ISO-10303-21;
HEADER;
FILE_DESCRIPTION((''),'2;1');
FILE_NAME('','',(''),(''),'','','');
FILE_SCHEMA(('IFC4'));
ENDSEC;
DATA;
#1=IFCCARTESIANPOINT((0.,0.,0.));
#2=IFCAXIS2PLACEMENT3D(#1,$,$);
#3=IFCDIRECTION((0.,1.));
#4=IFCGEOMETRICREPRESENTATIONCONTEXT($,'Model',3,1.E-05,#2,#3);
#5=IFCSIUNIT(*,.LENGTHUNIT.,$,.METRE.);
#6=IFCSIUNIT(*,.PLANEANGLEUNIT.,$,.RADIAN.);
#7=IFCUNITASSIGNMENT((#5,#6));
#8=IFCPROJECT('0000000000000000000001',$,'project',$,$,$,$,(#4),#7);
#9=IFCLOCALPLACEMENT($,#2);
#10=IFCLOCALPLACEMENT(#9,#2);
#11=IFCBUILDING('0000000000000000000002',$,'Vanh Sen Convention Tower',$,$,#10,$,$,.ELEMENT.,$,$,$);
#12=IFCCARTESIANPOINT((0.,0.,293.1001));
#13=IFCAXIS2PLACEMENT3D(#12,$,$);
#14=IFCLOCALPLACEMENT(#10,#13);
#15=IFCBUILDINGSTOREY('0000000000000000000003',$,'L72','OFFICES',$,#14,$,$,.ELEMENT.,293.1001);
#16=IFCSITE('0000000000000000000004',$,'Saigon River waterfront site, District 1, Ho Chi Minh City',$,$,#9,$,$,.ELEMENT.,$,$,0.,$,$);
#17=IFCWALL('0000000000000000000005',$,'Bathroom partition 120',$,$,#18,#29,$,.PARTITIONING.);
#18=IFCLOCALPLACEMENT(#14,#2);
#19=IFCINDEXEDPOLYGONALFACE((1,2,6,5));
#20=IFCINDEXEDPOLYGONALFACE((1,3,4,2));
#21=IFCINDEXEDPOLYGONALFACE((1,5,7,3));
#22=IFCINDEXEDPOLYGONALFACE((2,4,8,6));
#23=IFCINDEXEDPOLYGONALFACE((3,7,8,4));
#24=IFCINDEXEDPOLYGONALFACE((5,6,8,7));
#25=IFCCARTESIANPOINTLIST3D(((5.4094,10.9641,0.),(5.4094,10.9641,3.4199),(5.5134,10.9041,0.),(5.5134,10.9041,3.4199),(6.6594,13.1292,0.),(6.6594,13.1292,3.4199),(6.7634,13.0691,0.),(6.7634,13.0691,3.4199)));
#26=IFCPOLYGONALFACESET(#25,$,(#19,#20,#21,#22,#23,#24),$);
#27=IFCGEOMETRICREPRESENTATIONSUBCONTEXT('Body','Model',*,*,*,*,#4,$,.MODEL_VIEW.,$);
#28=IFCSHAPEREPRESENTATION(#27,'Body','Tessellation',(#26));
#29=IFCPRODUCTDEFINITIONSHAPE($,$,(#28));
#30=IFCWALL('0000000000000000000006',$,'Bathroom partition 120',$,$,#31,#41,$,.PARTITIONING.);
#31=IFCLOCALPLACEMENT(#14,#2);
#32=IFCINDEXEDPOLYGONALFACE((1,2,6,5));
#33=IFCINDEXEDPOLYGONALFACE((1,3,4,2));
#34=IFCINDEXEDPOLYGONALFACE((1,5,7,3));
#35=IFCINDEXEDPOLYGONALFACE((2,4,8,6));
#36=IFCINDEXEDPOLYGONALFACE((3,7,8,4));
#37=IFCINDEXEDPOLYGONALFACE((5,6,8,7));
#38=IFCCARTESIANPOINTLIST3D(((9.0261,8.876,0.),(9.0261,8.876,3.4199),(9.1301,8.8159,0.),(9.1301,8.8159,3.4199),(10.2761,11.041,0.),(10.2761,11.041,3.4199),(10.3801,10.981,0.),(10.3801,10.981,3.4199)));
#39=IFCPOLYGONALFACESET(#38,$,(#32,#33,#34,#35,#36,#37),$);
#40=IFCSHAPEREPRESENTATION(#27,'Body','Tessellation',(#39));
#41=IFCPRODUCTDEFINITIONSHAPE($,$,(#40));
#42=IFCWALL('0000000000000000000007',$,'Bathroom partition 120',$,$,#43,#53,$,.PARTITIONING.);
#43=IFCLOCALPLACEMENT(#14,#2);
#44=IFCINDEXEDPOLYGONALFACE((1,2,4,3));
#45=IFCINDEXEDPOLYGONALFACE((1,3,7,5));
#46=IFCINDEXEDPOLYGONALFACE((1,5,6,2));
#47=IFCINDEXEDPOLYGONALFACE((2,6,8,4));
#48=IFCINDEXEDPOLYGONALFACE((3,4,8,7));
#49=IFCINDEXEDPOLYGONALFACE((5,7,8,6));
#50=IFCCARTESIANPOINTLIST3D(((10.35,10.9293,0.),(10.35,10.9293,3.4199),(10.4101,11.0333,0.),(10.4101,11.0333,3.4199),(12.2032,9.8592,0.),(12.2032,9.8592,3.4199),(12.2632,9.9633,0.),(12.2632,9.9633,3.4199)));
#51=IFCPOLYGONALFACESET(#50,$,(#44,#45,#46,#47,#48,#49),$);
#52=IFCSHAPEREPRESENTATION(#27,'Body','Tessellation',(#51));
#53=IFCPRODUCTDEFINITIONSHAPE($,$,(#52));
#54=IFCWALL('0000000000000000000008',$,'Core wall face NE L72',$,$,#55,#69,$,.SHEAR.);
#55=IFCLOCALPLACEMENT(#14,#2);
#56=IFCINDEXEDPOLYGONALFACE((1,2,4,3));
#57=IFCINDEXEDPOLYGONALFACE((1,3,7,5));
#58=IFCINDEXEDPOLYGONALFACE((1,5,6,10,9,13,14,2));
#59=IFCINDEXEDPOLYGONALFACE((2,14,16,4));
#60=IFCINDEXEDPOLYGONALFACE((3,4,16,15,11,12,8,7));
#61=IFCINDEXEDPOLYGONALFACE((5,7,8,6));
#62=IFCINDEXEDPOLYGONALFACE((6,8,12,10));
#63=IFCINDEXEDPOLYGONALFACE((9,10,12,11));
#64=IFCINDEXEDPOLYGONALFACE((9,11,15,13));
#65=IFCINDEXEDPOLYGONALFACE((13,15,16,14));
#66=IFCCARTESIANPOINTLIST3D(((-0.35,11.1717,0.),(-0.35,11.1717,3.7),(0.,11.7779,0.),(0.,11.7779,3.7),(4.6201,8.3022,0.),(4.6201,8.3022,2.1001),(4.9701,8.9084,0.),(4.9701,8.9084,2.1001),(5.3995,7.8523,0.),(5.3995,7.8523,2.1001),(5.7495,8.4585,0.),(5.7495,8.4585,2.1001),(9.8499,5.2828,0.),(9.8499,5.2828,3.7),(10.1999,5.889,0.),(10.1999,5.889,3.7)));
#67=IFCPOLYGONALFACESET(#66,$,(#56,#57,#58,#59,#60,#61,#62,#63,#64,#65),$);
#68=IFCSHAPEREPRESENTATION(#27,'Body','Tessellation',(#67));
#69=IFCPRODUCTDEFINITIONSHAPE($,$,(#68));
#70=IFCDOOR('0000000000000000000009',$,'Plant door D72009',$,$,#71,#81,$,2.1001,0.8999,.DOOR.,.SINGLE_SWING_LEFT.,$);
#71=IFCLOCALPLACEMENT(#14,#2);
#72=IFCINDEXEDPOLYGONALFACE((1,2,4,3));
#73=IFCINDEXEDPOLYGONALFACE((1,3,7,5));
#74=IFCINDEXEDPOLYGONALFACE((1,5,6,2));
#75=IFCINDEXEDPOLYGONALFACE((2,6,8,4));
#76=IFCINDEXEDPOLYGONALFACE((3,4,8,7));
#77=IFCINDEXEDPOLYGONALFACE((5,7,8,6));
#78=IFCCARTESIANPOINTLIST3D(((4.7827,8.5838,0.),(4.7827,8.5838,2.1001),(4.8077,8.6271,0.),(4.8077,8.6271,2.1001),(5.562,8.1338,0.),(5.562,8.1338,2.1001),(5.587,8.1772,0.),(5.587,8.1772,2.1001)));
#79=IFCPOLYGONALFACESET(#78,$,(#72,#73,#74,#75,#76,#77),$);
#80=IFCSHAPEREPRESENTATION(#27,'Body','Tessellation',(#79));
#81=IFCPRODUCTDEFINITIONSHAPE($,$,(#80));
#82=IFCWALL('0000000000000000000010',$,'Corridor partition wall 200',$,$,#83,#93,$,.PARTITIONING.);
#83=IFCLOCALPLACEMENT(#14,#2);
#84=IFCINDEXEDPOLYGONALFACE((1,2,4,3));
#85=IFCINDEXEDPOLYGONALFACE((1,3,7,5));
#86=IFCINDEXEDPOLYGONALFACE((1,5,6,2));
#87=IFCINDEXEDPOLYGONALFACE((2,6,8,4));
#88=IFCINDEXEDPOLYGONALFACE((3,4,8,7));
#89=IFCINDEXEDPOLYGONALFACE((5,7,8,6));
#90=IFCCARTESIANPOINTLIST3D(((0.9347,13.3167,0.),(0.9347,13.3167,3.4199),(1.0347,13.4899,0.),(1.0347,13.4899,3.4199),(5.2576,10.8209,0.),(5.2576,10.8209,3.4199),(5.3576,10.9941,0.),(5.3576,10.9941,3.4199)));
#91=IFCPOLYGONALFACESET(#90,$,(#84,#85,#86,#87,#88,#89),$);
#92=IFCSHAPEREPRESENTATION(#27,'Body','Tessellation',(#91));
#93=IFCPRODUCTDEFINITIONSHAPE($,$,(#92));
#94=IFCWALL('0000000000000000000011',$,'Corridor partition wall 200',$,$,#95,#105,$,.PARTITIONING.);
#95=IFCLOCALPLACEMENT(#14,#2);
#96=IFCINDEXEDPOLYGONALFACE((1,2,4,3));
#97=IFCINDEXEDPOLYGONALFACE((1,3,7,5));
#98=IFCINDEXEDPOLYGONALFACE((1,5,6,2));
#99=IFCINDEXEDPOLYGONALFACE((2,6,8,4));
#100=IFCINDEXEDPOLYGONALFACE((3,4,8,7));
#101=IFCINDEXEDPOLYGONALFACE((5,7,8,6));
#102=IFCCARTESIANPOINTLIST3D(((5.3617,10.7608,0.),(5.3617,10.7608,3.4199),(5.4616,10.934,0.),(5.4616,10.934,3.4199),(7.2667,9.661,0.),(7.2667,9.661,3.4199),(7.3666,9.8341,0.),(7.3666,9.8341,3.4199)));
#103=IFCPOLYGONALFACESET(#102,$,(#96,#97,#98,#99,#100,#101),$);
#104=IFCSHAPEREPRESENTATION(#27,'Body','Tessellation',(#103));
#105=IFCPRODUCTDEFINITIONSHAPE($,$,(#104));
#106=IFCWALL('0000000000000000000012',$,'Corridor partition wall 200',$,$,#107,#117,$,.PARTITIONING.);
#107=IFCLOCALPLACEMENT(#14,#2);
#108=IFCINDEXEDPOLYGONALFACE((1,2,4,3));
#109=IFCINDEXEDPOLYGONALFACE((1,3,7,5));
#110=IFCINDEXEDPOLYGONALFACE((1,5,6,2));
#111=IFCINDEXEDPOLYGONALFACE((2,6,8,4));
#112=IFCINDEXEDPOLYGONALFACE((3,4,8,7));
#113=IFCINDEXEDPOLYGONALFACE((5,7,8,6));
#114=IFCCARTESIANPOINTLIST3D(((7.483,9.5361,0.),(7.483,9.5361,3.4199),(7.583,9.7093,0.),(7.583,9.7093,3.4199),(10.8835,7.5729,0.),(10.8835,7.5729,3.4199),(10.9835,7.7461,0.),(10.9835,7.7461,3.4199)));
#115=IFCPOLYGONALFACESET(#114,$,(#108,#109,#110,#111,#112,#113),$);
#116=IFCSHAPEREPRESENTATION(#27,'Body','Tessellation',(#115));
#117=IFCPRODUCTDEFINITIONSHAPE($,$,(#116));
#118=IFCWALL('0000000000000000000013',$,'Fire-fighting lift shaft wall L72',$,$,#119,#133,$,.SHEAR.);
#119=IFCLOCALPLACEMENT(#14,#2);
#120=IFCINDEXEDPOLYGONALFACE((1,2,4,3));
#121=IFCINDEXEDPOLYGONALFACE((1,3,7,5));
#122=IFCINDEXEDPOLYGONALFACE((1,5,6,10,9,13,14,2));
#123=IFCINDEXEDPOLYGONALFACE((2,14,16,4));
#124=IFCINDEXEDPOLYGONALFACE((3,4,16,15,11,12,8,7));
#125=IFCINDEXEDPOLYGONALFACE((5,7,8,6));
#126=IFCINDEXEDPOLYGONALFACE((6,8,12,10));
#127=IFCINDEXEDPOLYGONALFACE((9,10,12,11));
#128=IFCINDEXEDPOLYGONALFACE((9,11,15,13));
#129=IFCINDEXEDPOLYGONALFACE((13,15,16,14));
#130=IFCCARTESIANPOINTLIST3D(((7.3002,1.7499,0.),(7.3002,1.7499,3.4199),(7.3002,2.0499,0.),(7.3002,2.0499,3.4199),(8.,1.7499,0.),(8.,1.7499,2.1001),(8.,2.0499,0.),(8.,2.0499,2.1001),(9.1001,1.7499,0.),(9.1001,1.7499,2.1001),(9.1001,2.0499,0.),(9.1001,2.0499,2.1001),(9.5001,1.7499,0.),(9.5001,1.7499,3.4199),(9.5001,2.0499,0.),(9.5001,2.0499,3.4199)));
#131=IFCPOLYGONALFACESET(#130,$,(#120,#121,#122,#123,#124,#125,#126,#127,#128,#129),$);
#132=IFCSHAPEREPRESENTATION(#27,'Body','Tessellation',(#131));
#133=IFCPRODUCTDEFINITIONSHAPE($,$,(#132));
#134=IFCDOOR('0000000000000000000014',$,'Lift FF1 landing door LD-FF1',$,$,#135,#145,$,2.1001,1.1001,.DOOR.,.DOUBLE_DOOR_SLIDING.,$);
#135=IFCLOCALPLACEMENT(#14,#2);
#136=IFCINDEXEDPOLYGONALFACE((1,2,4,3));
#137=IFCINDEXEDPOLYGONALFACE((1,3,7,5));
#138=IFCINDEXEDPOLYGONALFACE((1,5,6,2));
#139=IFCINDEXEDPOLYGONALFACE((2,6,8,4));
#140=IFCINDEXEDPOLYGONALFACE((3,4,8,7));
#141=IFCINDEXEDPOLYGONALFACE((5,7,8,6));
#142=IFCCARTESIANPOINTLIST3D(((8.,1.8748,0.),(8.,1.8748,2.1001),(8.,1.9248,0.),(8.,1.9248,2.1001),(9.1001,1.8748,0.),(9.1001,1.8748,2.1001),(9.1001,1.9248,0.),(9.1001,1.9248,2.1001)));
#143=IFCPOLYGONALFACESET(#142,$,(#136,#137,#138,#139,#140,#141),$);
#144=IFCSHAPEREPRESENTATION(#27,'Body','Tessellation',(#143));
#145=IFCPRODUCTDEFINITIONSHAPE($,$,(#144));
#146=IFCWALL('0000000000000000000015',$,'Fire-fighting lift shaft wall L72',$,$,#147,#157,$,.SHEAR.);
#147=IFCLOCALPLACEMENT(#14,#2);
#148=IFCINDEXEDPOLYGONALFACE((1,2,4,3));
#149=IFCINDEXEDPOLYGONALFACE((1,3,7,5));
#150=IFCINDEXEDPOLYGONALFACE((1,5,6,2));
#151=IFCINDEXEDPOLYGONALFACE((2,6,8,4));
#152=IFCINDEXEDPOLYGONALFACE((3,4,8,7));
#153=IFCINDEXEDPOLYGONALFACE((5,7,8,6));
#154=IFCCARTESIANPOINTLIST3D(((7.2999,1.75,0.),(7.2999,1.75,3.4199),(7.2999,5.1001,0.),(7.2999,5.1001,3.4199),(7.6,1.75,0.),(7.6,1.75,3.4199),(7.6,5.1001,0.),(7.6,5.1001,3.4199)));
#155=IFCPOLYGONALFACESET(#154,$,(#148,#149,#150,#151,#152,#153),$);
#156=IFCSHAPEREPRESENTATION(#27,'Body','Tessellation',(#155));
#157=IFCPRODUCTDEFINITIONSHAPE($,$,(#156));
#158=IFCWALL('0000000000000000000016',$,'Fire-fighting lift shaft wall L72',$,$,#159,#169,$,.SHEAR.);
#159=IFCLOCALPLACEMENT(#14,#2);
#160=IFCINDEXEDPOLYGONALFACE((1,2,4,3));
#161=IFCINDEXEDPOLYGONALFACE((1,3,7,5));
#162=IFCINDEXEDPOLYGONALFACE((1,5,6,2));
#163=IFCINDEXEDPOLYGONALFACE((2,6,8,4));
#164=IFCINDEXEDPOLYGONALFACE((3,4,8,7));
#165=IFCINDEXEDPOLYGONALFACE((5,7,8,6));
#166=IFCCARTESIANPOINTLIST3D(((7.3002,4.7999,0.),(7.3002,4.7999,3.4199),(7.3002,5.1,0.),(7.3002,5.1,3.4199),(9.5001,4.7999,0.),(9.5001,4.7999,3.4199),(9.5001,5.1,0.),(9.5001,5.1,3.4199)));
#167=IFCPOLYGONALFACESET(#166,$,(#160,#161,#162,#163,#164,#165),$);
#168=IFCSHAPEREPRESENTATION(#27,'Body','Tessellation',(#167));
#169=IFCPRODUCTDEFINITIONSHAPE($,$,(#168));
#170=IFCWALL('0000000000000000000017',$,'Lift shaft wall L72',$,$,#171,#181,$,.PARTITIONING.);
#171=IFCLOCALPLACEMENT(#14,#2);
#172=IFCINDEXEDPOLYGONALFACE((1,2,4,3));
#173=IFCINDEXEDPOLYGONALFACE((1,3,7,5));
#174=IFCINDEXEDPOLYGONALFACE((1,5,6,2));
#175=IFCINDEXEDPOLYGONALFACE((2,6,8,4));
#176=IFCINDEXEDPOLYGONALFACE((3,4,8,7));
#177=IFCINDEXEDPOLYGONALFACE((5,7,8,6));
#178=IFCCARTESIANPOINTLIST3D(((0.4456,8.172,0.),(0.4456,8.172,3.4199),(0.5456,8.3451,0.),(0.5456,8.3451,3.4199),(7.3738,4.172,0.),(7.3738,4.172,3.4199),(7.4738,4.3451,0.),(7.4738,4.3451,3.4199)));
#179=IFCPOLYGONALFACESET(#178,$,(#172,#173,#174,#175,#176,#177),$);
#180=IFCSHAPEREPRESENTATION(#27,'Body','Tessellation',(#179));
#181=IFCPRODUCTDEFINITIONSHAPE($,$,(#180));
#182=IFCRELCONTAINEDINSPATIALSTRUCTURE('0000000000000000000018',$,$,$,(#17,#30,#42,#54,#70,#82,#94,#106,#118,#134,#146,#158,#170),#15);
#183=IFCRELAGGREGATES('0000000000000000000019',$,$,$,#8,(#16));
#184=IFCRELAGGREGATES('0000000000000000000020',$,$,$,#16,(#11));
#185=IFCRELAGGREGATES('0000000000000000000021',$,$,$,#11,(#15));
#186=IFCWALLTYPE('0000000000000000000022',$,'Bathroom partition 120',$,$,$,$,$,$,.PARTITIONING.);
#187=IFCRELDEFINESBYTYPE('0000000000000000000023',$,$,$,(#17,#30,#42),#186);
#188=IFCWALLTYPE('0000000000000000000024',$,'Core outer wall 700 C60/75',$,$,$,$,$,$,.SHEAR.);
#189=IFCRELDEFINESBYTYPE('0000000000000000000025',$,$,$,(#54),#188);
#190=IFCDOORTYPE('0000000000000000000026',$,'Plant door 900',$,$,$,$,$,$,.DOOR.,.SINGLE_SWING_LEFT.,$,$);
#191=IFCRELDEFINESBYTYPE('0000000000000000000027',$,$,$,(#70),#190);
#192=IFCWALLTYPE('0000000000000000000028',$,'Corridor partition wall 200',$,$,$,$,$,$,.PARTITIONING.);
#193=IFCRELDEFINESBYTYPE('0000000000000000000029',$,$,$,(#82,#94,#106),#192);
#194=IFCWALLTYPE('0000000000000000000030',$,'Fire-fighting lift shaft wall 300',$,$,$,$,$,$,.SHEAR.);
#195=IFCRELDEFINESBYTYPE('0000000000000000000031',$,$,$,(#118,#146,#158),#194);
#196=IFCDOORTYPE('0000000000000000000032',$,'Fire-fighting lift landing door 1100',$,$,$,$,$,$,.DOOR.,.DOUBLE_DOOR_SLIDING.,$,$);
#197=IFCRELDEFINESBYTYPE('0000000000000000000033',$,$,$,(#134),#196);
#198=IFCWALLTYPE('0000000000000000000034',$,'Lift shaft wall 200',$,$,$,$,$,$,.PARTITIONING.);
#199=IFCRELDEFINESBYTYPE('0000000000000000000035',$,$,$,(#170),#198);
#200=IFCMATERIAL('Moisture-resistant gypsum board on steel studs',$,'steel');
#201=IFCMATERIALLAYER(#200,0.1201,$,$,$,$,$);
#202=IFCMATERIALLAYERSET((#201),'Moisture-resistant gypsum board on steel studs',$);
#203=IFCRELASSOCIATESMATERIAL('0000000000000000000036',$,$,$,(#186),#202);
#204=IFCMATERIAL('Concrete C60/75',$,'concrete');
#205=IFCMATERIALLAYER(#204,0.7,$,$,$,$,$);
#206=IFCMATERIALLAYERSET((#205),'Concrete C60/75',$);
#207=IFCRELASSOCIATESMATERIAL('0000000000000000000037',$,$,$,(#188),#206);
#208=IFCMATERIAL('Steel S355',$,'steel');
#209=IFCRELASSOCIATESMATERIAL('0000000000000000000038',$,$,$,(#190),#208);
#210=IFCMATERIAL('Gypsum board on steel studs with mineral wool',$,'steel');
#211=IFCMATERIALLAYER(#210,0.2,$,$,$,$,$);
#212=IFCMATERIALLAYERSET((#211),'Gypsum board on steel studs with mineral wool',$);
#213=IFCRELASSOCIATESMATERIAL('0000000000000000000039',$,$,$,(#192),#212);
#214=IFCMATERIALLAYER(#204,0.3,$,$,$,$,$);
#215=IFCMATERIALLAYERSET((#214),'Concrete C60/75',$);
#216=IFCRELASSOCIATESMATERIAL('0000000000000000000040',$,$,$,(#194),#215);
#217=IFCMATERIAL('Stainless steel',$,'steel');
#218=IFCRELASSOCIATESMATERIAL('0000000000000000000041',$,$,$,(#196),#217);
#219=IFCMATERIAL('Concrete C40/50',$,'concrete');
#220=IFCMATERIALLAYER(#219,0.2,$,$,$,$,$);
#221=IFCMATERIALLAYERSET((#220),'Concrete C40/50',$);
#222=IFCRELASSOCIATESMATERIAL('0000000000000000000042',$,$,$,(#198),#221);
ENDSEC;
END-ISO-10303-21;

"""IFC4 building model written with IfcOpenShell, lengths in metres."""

from ifc_helpers import new_model, si_unit, direction, frame, frame_2d, origin, place, context, subcontext, project, spatial, rectangle, extrude, material, layer, layer_set, type_object, element, fill, save


model = new_model("IFC4")

# Units and contexts
model_context = context("Model", 3, precision=1e-05, world=origin(), true_north=direction((0.0, 1.0)))
body_context = subcontext(model_context, "Body", "Model", "MODEL_VIEW")
ifc_project = project(units=[si_unit("LENGTHUNIT", "METRE"), si_unit("PLANEANGLEUNIT", "RADIAN")], contexts=[model_context])

# Site, building, storey
site_placement = place(None, origin())
site = spatial("IfcSite", under=ifc_project, at=site_placement, Name="Saigon River waterfront site, District 1, Ho Chi Minh City", CompositionType="ELEMENT", RefElevation=0.0)
building_placement = place(site_placement, origin())
building = spatial("IfcBuilding", under=site, at=building_placement, Name="Vanh Sen Convention Tower", CompositionType="ELEMENT")
storey_placement = place(building_placement, frame((0.0, 0.0, 293.1001)))
storey = spatial("IfcBuildingStorey", under=building, at=storey_placement, Name="L72", Description="OFFICES", CompositionType="ELEMENT", Elevation=293.1001)

# Walls
ifc_material_1 = material(Name="Moisture-resistant gypsum board on steel studs", Category="steel")
ifc_layer_1 = layer(ifc_material_1, 0.1201)
ifc_layer_set_1 = layer_set([ifc_layer_1], Name="Moisture-resistant gypsum board on steel studs")
wall_type_1 = type_object("IfcWallType", Name="Bathroom partition 120", PredefinedType="PARTITIONING", material=ifc_layer_set_1)
for number, where, z_axis, x_axis, name in (
    (1, (5.4614, 10.9341, 0.0), (0.0, 0.0, 1.0), (0.500004, 0.866023, 0.0), "Bathroom partition 120"),
    (2, (9.0781, 8.8459, 0.0), (0.0, 0.0, 1.0), (0.500004, 0.866023, 0.0), "Bathroom partition 120"),
):
    element("IfcWall", number, at=place(storey_placement, frame(where, z_axis=z_axis, x_axis=x_axis)), inside=storey, type_object=wall_type_1, Name=name, PredefinedType="PARTITIONING", context=body_context, shape_type="SweptSolid", body=[
        extrude(rectangle(XDim=2.5, YDim=0.1201, at=frame_2d((1.25, 0.0))), origin(), (0.0, 0.0, 1.0), 3.4199),
    ])
wall_1_placement = place(storey_placement, frame((10.3801, 10.9812, 0.0), z_axis=(0.0, 0.0, 1.0), x_axis=(0.866009, -0.500029, 0.0)))
element("IfcWall", 3, at=wall_1_placement, inside=storey, type_object=wall_type_1, Name="Bathroom partition 120", PredefinedType="PARTITIONING", context=body_context, shape_type="SweptSolid", body=[
    extrude(rectangle(XDim=2.1399, YDim=0.1201, at=frame_2d((1.0698, 0.0))), origin(), (0.0, 0.0, 1.0), 3.4199),
])

# Wall, opening, door
ifc_material_2 = material(Name="Concrete C60/75", Category="concrete")
ifc_layer_2 = layer(ifc_material_2, 0.7)
ifc_layer_set_2 = layer_set([ifc_layer_2], Name="Concrete C60/75")
wall_type_2 = type_object("IfcWallType", Name="Core outer wall 700 C60/75", PredefinedType="SHEAR", material=ifc_layer_set_2)
wall_2_placement = place(storey_placement, frame((10.0249, 5.5859, 0.0), z_axis=(0.0, 0.0, 1.0), x_axis=(-0.866026, 0.499998, 0.0)))
wall_2 = element("IfcWall", 4, at=wall_2_placement, inside=storey, type_object=wall_type_2, Name="Core wall face NE L72", PredefinedType="SHEAR", context=body_context, shape_type="SweptSolid", body=[
    extrude(rectangle(XDim=11.7778, YDim=0.7, at=frame_2d((5.8889, 0.0))), origin(), (0.0, 0.0, 1.0), 3.7),
])
opening_1_placement = place(wall_2_placement, frame((5.1389, 0.0, 0.0)))
opening_1 = element("IfcOpeningElement", 5, at=opening_1_placement, cuts=wall_2, PredefinedType="OPENING", context=body_context, shape_type="SweptSolid", body=[
    extrude(rectangle(XDim=0.8999, YDim=2.1001, at=frame_2d((0.45, 1.05))), frame((0.0, 0.3599, 0.0), z_axis=(0.0, -1.0, 0.0), x_axis=(1.0, 0.0, 0.0)), (0.0, 0.0, 1.0), 0.72),
])
ifc_material_3 = material(Name="Steel S355", Category="steel")
door_type_1 = type_object("IfcDoorType", Name="Plant door 900", OperationType="SINGLE_SWING_LEFT", PredefinedType="DOOR", material=ifc_material_3)
door_1_placement = place(opening_1_placement, origin())
door_1 = element("IfcDoor", 6, at=door_1_placement, inside=storey, type_object=door_type_1, Name="Plant door D72009", OperationType="SINGLE_SWING_LEFT", OverallHeight=2.1001, OverallWidth=0.8999, PredefinedType="DOOR", context=body_context, shape_type="SweptSolid", body=[
    extrude(rectangle(XDim=0.8999, YDim=2.1001, at=frame_2d((0.45, 1.05))), frame((0.0, 0.0249, 0.0), z_axis=(0.0, -1.0, 0.0), x_axis=(1.0, 0.0, 0.0)), (0.0, 0.0, 1.0), 0.05),
])
fill(opening_1, door_1)

# Walls
ifc_material_4 = material(Name="Gypsum board on steel studs with mineral wool", Category="steel")
ifc_layer_3 = layer(ifc_material_4, 0.2)
ifc_layer_set_3 = layer_set([ifc_layer_3], Name="Gypsum board on steel studs with mineral wool")
wall_type_3 = type_object("IfcWallType", Name="Corridor partition wall 200", PredefinedType="PARTITIONING", material=ifc_layer_set_3)
wall_3_placement = place(storey_placement, frame((5.3076, 10.9075, 0.0), z_axis=(0.0, 0.0, 1.0), x_axis=(-0.866028, 0.499995, 0.0)))
element("IfcWall", 7, at=wall_3_placement, inside=storey, type_object=wall_type_3, Name="Corridor partition wall 200", PredefinedType="PARTITIONING", context=body_context, shape_type="SweptSolid", body=[
    extrude(rectangle(XDim=4.9917, YDim=0.2, at=frame_2d((2.4958, 0.0))), origin(), (0.0, 0.0, 1.0), 3.4199),
])
wall_4_placement = place(storey_placement, frame((7.3167, 9.7476, 0.0), z_axis=(0.0, 0.0, 1.0), x_axis=(-0.866028, 0.499995, 0.0)))
element("IfcWall", 8, at=wall_4_placement, inside=storey, type_object=wall_type_3, Name="Corridor partition wall 200", PredefinedType="PARTITIONING", context=body_context, shape_type="SweptSolid", body=[
    extrude(rectangle(XDim=2.1997, YDim=0.2, at=frame_2d((1.0999, 0.0))), origin(), (0.0, 0.0, 1.0), 3.4199),
])
wall_5_placement = place(storey_placement, frame((10.9336, 7.6594, 0.0), z_axis=(0.0, 0.0, 1.0), x_axis=(-0.866034, 0.499984, 0.0)))
element("IfcWall", 9, at=wall_5_placement, inside=storey, type_object=wall_type_3, Name="Corridor partition wall 200", PredefinedType="PARTITIONING", context=body_context, shape_type="SweptSolid", body=[
    extrude(rectangle(XDim=3.9265, YDim=0.2, at=frame_2d((1.9634, 0.0))), origin(), (0.0, 0.0, 1.0), 3.4199),
])

# Wall, opening, door
ifc_layer_4 = layer(ifc_material_2, 0.3)
ifc_layer_set_4 = layer_set([ifc_layer_4], Name="Concrete C60/75")
wall_type_4 = type_object("IfcWallType", Name="Fire-fighting lift shaft wall 300", PredefinedType="SHEAR", material=ifc_layer_set_4)
wall_6_placement = place(storey_placement, frame((7.3, 1.8999, 0.0), z_axis=(0.0, 0.0, 1.0), x_axis=(1.0, 0.0, 0.0)))
wall_6 = element("IfcWall", 10, at=wall_6_placement, inside=storey, type_object=wall_type_4, Name="Fire-fighting lift shaft wall L72", PredefinedType="SHEAR", context=body_context, shape_type="SweptSolid", body=[
    extrude(rectangle(XDim=2.2, YDim=0.3, at=frame_2d((1.1001, 0.0))), origin(), (0.0, 0.0, 1.0), 3.4199),
])
opening_2_placement = place(wall_6_placement, frame((0.7, 0.0, 0.0)))
opening_2 = element("IfcOpeningElement", 11, at=opening_2_placement, cuts=wall_6, PredefinedType="OPENING", context=body_context, shape_type="SweptSolid", body=[
    extrude(rectangle(XDim=1.1001, YDim=2.1001, at=frame_2d((0.55, 1.05))), frame((0.0, 0.1599, 0.0), z_axis=(0.0, -1.0, 0.0), x_axis=(1.0, 0.0, 0.0)), (0.0, 0.0, 1.0), 0.3201),
])
ifc_material_5 = material(Name="Stainless steel", Category="steel")
door_type_2 = type_object("IfcDoorType", Name="Fire-fighting lift landing door 1100", OperationType="DOUBLE_DOOR_SLIDING", PredefinedType="DOOR", material=ifc_material_5)
door_2_placement = place(opening_2_placement, origin())
door_2 = element("IfcDoor", 12, at=door_2_placement, inside=storey, type_object=door_type_2, Name="Lift FF1 landing door LD-FF1", OperationType="DOUBLE_DOOR_SLIDING", OverallHeight=2.1001, OverallWidth=1.1001, PredefinedType="DOOR", context=body_context, shape_type="SweptSolid", body=[
    extrude(rectangle(XDim=1.1001, YDim=2.1001, at=frame_2d((0.55, 1.05))), frame((0.0, 0.0249, 0.0), z_axis=(0.0, -1.0, 0.0), x_axis=(1.0, 0.0, 0.0)), (0.0, 0.0, 1.0), 0.05),
])
fill(opening_2, door_2)

# Walls
wall_7_placement = place(storey_placement, frame((7.45, 1.75, 0.0), z_axis=(0.0, 0.0, 1.0), x_axis=(0.0, 1.0, 0.0)))
element("IfcWall", 13, at=wall_7_placement, inside=storey, type_object=wall_type_4, Name="Fire-fighting lift shaft wall L72", PredefinedType="SHEAR", context=body_context, shape_type="SweptSolid", body=[
    extrude(rectangle(XDim=3.3501, YDim=0.3, at=frame_2d((1.675, 0.0))), origin(), (0.0, 0.0, 1.0), 3.4199),
])
wall_8_placement = place(storey_placement, frame((7.3, 4.95, 0.0), z_axis=(0.0, 0.0, 1.0), x_axis=(1.0, 0.0, 0.0)))
element("IfcWall", 14, at=wall_8_placement, inside=storey, type_object=wall_type_4, Name="Fire-fighting lift shaft wall L72", PredefinedType="SHEAR", context=body_context, shape_type="SweptSolid", body=[
    extrude(rectangle(XDim=2.2, YDim=0.3, at=frame_2d((1.1001, 0.0))), origin(), (0.0, 0.0, 1.0), 3.4199),
])
ifc_material_6 = material(Name="Concrete C40/50", Category="concrete")
ifc_layer_5 = layer(ifc_material_6, 0.2)
ifc_layer_set_5 = layer_set([ifc_layer_5], Name="Concrete C40/50")
wall_type_5 = type_object("IfcWallType", Name="Lift shaft wall 200", PredefinedType="PARTITIONING", material=ifc_layer_set_5)
wall_9_placement = place(storey_placement, frame((7.4238, 4.2585, 0.0), z_axis=(0.0, 0.0, 1.0), x_axis=(-0.866026, 0.499999, 0.0)))
element("IfcWall", 15, at=wall_9_placement, inside=storey, type_object=wall_type_5, Name="Lift shaft wall L72", PredefinedType="PARTITIONING", context=body_context, shape_type="SweptSolid", body=[
    extrude(rectangle(XDim=8.0, YDim=0.2, at=frame_2d((4.0, 0.0))), origin(), (0.0, 0.0, 1.0), 3.4199),
])

save(model, "model.ifc")
